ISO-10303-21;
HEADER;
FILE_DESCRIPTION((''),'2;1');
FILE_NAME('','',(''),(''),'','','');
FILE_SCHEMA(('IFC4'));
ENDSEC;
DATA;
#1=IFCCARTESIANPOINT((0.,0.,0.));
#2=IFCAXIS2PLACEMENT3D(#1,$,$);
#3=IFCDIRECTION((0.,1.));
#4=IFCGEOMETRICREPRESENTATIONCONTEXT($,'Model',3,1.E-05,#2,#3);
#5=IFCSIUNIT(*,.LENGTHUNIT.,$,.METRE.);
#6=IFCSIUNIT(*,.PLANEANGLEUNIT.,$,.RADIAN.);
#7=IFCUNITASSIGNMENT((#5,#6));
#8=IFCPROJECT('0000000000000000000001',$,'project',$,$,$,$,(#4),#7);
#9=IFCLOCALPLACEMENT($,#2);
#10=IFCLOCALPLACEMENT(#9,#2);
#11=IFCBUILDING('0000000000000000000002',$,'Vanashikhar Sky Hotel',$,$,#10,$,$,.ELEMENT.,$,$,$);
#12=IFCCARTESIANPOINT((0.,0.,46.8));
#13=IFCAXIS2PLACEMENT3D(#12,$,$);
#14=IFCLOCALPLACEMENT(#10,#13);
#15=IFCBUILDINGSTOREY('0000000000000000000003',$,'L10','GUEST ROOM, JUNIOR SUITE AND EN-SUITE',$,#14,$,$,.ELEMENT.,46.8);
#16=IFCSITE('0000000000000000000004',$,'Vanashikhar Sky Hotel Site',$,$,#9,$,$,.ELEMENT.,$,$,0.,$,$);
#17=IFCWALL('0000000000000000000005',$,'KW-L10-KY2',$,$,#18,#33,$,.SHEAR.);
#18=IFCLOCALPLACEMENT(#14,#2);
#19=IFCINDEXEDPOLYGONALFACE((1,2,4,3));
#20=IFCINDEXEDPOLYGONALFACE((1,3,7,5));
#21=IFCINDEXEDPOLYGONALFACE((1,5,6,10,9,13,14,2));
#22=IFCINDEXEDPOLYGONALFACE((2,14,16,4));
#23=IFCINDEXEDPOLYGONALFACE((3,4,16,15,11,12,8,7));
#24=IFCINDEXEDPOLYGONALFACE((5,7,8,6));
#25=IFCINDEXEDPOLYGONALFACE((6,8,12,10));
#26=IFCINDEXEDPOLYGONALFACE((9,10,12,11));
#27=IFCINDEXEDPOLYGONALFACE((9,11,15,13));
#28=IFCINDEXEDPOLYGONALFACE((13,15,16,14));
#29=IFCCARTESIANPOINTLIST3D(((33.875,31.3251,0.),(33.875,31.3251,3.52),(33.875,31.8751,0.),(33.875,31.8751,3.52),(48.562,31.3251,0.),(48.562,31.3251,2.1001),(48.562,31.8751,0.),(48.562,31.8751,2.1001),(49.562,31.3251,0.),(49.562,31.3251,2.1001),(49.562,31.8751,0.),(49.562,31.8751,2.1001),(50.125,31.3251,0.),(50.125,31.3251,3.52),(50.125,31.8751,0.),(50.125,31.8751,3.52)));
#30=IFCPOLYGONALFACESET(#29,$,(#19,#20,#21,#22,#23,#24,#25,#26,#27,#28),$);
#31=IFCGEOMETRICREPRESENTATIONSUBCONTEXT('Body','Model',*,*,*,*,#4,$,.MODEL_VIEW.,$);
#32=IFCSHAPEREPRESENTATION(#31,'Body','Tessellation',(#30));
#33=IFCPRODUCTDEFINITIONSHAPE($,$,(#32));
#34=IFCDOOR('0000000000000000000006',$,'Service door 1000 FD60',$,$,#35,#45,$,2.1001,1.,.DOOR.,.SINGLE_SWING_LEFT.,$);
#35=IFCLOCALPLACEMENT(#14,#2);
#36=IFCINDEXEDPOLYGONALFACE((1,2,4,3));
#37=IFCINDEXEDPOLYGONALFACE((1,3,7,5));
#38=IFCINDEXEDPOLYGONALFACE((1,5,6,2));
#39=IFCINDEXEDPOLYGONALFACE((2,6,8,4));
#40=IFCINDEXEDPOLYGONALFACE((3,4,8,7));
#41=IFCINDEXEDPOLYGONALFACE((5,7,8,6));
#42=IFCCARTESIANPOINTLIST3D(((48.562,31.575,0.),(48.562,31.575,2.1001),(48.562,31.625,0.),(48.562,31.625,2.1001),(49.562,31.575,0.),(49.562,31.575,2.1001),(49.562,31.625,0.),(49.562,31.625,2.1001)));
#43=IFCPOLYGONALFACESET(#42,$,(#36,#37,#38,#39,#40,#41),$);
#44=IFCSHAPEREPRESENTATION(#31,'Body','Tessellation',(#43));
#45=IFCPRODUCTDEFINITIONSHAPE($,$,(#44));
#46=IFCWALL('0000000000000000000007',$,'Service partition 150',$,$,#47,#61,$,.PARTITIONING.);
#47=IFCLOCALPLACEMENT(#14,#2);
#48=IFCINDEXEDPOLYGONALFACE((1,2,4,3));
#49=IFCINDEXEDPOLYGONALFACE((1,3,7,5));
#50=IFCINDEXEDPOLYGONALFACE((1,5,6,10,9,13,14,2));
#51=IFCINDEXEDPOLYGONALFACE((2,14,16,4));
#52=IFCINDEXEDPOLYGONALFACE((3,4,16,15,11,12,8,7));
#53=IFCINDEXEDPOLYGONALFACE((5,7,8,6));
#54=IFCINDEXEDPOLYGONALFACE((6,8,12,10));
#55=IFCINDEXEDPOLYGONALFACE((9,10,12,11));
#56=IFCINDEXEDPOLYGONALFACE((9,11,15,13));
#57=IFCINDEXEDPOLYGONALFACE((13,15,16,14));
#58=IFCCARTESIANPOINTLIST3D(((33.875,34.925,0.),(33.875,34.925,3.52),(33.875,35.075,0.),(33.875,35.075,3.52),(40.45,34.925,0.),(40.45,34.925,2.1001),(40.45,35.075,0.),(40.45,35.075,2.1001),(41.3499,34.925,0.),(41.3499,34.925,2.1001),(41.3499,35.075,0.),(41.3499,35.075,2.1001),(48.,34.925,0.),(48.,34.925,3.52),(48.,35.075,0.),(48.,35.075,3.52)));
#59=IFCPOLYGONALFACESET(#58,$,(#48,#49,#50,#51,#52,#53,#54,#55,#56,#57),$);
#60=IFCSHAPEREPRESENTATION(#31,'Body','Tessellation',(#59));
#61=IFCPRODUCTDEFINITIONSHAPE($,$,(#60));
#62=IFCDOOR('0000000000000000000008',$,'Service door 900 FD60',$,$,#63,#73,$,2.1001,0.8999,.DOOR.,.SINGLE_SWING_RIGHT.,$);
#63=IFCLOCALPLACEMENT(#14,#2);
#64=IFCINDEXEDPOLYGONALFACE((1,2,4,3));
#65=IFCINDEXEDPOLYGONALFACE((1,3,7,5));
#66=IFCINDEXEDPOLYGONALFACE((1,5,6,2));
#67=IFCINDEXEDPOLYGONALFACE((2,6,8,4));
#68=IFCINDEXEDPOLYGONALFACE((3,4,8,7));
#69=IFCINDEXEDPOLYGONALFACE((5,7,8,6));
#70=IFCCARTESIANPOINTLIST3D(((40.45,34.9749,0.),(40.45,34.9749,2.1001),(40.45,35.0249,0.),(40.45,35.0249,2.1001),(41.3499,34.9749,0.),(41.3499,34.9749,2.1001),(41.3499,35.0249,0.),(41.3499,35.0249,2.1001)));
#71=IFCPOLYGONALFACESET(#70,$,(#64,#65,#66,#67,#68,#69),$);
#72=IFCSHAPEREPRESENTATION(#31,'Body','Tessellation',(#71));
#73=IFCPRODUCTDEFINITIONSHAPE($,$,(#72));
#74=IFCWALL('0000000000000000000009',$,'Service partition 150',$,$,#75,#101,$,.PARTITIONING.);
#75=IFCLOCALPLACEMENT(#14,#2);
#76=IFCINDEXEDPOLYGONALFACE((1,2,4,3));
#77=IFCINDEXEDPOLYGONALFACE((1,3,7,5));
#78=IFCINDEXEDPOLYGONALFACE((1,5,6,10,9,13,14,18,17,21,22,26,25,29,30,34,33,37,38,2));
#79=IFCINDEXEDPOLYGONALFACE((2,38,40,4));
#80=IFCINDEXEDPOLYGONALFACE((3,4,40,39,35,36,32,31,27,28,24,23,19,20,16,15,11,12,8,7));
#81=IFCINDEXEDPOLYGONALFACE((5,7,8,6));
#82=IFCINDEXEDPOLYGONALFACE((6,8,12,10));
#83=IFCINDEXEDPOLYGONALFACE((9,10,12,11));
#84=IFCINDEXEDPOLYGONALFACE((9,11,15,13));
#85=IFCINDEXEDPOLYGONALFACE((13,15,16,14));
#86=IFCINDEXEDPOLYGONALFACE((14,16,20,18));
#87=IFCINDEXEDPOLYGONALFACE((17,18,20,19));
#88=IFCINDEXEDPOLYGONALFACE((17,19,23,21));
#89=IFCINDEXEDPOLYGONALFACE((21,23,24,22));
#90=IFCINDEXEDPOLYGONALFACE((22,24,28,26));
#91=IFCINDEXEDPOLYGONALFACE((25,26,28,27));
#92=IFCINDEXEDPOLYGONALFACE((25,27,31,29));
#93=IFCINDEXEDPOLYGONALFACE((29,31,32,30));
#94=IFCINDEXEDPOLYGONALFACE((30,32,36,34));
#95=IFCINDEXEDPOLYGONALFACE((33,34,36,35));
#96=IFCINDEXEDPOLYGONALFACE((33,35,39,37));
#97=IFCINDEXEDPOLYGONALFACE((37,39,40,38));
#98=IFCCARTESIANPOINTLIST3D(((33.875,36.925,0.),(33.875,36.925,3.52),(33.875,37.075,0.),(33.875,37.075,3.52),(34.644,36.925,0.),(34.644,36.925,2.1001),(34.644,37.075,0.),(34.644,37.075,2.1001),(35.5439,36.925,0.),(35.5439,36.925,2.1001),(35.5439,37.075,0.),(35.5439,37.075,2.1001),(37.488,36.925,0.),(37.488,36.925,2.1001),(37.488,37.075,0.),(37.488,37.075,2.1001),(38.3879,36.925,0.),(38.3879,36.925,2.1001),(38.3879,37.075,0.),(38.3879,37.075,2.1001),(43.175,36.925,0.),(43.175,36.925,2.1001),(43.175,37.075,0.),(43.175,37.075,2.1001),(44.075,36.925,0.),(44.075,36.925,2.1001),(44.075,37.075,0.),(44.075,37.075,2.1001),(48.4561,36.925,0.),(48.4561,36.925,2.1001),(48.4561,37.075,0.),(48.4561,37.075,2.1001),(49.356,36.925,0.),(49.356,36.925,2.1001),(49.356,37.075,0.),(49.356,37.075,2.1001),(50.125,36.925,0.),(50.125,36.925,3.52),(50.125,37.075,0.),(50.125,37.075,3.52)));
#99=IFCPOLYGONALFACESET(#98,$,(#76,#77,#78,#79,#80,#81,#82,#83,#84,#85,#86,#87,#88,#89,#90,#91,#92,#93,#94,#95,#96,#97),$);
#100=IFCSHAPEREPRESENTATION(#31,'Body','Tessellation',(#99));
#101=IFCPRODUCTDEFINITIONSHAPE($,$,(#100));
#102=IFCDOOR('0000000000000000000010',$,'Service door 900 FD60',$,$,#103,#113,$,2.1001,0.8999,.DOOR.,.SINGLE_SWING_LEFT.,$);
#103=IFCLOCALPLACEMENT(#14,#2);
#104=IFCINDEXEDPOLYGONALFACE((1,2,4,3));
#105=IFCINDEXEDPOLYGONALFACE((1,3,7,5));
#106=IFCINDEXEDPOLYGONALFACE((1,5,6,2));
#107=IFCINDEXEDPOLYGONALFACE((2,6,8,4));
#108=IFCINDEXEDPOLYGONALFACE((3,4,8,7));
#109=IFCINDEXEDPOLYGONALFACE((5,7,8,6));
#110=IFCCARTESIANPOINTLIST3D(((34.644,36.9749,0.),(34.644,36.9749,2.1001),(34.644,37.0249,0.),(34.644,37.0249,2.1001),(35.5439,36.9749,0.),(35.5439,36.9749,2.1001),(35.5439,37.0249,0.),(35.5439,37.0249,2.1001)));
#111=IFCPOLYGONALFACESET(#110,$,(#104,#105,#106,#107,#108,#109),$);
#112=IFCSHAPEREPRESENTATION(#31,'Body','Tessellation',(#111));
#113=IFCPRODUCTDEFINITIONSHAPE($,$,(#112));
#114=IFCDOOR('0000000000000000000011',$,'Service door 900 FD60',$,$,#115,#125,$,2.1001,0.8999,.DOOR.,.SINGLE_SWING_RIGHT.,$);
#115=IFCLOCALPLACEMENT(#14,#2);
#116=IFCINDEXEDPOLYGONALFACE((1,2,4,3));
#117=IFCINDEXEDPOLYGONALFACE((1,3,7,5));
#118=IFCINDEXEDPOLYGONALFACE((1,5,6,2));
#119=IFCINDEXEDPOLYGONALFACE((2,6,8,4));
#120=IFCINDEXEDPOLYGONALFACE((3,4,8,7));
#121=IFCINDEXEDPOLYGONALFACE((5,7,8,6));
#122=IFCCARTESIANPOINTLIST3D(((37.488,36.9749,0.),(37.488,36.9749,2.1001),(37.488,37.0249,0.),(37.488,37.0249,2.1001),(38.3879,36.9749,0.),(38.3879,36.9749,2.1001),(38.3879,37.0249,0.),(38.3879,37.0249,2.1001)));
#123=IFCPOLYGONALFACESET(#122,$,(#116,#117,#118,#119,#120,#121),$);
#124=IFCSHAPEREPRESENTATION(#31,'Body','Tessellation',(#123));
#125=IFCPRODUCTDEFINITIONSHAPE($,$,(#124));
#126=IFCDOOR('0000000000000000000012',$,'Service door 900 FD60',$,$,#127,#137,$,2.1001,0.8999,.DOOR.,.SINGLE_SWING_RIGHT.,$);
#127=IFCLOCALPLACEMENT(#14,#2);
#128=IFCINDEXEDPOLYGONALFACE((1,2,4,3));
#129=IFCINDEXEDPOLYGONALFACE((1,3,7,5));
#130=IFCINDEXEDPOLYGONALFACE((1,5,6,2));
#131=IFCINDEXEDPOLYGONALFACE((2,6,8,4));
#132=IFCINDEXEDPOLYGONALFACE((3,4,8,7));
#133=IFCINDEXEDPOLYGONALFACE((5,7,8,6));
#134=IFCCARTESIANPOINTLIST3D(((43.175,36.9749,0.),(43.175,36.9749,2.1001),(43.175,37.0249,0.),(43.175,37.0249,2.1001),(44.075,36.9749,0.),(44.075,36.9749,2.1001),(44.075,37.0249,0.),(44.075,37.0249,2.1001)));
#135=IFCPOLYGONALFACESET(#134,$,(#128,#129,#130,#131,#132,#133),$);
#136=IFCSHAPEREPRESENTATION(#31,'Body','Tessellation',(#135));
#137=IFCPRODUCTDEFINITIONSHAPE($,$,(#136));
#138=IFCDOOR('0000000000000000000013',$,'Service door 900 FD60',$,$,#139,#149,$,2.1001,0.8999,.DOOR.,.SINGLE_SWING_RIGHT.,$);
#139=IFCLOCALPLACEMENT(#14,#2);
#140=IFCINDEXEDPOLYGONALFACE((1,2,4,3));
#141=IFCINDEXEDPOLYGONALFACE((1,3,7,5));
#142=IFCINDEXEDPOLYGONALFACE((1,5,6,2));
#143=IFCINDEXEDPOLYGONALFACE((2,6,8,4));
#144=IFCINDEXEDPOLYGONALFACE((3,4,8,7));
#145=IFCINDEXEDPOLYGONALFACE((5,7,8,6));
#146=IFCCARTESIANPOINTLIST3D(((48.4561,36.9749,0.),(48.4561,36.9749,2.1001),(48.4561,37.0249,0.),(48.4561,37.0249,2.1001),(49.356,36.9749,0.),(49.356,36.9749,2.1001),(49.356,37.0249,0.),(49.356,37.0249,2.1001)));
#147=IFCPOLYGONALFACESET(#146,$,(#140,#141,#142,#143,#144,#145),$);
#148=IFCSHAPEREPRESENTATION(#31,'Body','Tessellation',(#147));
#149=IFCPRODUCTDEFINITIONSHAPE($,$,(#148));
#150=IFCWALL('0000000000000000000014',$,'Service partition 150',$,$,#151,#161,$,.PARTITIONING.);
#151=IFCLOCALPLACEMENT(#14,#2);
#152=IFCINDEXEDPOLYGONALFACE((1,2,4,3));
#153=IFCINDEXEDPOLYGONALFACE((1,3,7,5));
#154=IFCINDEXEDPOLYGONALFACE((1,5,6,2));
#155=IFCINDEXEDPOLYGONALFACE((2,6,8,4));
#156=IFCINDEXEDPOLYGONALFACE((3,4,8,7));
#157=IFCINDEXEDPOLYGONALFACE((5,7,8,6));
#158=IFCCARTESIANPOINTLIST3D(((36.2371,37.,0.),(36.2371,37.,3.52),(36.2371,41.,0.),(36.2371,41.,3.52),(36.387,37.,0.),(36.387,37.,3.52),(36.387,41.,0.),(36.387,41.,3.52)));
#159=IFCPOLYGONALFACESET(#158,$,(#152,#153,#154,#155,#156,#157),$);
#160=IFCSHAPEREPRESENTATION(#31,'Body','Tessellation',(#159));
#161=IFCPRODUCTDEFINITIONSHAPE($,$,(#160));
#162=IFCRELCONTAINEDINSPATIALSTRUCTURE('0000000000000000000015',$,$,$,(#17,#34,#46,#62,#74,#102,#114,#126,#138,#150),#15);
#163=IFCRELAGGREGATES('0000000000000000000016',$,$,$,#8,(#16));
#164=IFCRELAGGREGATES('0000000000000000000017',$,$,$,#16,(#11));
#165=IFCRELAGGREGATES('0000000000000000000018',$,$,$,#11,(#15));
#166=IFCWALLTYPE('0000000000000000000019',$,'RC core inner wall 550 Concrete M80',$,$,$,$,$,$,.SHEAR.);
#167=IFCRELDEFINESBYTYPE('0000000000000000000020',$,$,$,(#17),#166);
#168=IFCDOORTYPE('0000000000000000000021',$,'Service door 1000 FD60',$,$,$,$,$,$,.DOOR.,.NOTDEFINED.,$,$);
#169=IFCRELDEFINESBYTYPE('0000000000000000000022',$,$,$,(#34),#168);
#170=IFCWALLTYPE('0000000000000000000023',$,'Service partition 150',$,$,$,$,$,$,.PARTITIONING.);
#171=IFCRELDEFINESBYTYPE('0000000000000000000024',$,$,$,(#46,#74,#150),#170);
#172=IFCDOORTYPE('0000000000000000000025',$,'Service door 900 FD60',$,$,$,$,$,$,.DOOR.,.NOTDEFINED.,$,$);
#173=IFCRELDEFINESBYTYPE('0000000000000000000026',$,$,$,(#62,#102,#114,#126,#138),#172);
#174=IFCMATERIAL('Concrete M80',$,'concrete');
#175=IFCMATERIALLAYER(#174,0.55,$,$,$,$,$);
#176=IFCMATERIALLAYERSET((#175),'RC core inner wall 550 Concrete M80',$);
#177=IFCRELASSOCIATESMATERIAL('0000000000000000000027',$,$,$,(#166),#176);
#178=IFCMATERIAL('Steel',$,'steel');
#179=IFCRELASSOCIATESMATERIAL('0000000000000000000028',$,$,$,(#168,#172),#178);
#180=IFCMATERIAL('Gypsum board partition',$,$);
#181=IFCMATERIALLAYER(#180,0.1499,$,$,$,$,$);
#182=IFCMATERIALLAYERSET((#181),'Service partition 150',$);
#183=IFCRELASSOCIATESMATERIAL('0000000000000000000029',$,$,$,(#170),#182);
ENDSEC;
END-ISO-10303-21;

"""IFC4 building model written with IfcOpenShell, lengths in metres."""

from ifc_helpers import new_model, si_unit, direction, frame, frame_2d, origin, place, context, subcontext, project, spatial, rectangle, extrude, source, transform, mapped, material, layer, layer_set, type_object, element, fill, save


model = new_model("IFC4")

# Units and contexts
model_context = context("Model", 3, precision=1e-05, world=origin(), true_north=direction((0.0, 1.0)))
body_context = subcontext(model_context, "Body", "Model", "MODEL_VIEW")
ifc_project = project(units=[si_unit("LENGTHUNIT", "METRE"), si_unit("PLANEANGLEUNIT", "RADIAN")], contexts=[model_context])

# Site, building, storey
site_placement = place(None, origin())
site = spatial("IfcSite", under=ifc_project, at=site_placement, Name="Vanashikhar Sky Hotel Site", CompositionType="ELEMENT", RefElevation=0.0)
building_placement = place(site_placement, origin())
building = spatial("IfcBuilding", under=site, at=building_placement, Name="Vanashikhar Sky Hotel", CompositionType="ELEMENT")
storey_placement = place(building_placement, frame((0.0, 0.0, 46.8)))
storey = spatial("IfcBuildingStorey", under=building, at=storey_placement, Name="L10", Description="GUEST ROOM, JUNIOR SUITE AND EN-SUITE", CompositionType="ELEMENT", Elevation=46.8)

# Walls, openings, doors
ifc_material_1 = material(Name="Concrete M80", Category="concrete")
ifc_layer_1 = layer(ifc_material_1, 0.55)
ifc_layer_set_1 = layer_set([ifc_layer_1], Name="RC core inner wall 550 Concrete M80")
wall_type_1 = type_object("IfcWallType", Name="RC core inner wall 550 Concrete M80", PredefinedType="SHEAR", material=ifc_layer_set_1)
shared_shape_1 = source(origin(), body_context, "Body", "SweptSolid", [
    extrude(rectangle(XDim=16.25, YDim=0.55, at=frame_2d((8.125, 0.0))), origin(), (0.0, 0.0, 1.0), 3.52),
])
wall_1_placement = place(storey_placement, frame((33.875, 31.6001, 0.0), z_axis=(0.0, 0.0, 1.0), x_axis=(1.0, 0.0, 0.0)))
wall_1 = element("IfcWall", 1, at=wall_1_placement, inside=storey, type_object=wall_type_1, Name="KW-L10-KY2", PredefinedType="SHEAR", context=body_context, shape_type="MappedRepresentation", body=[
    mapped(shared_shape_1, transform((0.0, 0.0, 0.0), scale=1.0)),
])
shared_shape_2 = source(origin(), body_context, "Body", "SweptSolid", [
    extrude(rectangle(XDim=1.0, YDim=2.1001, at=frame_2d((0.5, 1.05))), frame((0.0, 0.2852, 0.0), z_axis=(0.0, -1.0, 0.0), x_axis=(1.0, 0.0, 0.0)), (0.0, 0.0, 1.0), 0.5701),
])
opening_1_placement = place(wall_1_placement, frame((14.687, 0.0, 0.0)))
opening_1 = element("IfcOpeningElement", 2, at=opening_1_placement, cuts=wall_1, PredefinedType="OPENING", context=body_context, shape_type="MappedRepresentation", body=[
    mapped(shared_shape_2, transform((0.0, 0.0, 0.0), scale=1.0)),
])
ifc_material_2 = material(Name="Steel", Category="steel")
door_type_1 = type_object("IfcDoorType", Name="Service door 1000 FD60", OperationType="NOTDEFINED", PredefinedType="DOOR", material=ifc_material_2)
shared_shape_3 = source(origin(), body_context, "Body", "SweptSolid", [
    extrude(rectangle(XDim=1.0, YDim=2.1001, at=frame_2d((0.5, 1.05))), frame((0.0, 0.0249, 0.0), z_axis=(0.0, -1.0, 0.0), x_axis=(1.0, 0.0, 0.0)), (0.0, 0.0, 1.0), 0.05),
])
door_1_placement = place(opening_1_placement, origin())
door_1 = element("IfcDoor", 3, at=door_1_placement, inside=storey, type_object=door_type_1, Name="Service door 1000 FD60", OperationType="SINGLE_SWING_LEFT", OverallHeight=2.1001, OverallWidth=1.0, PredefinedType="DOOR", context=body_context, shape_type="MappedRepresentation", body=[
    mapped(shared_shape_3, transform((0.0, 0.0, 0.0), scale=1.0)),
])
fill(opening_1, door_1)
ifc_material_3 = material(Name="Gypsum board partition")
ifc_layer_2 = layer(ifc_material_3, 0.1499)
ifc_layer_set_2 = layer_set([ifc_layer_2], Name="Service partition 150")
wall_type_2 = type_object("IfcWallType", Name="Service partition 150", PredefinedType="PARTITIONING", material=ifc_layer_set_2)
shared_shape_4 = source(origin(), body_context, "Body", "SweptSolid", [
    extrude(rectangle(XDim=14.125, YDim=0.1499, at=frame_2d((7.0625, 0.0))), origin(), (0.0, 0.0, 1.0), 3.52),
])
wall_2_placement = place(storey_placement, frame((33.875, 35.0, 0.0), z_axis=(0.0, 0.0, 1.0), x_axis=(1.0, 0.0, 0.0)))
wall_2 = element("IfcWall", 4, at=wall_2_placement, inside=storey, type_object=wall_type_2, Name="Service partition 150", PredefinedType="PARTITIONING", context=body_context, shape_type="MappedRepresentation", body=[
    mapped(shared_shape_4, transform((0.0, 0.0, 0.0), scale=1.0)),
])
shared_shape_5 = source(origin(), body_context, "Body", "SweptSolid", [
    extrude(rectangle(XDim=0.8999, YDim=2.1001, at=frame_2d((0.45, 1.05))), frame((0.0, 0.085, 0.0), z_axis=(0.0, -1.0, 0.0), x_axis=(1.0, 0.0, 0.0)), (0.0, 0.0, 1.0), 0.1699),
])
opening_2_placement = place(wall_2_placement, frame((6.575, 0.0, 0.0)))
opening_2 = element("IfcOpeningElement", 5, at=opening_2_placement, cuts=wall_2, PredefinedType="OPENING", context=body_context, shape_type="MappedRepresentation", body=[
    mapped(shared_shape_5, transform((0.0, 0.0, 0.0), scale=1.0)),
])
door_type_2 = type_object("IfcDoorType", Name="Service door 900 FD60", OperationType="NOTDEFINED", PredefinedType="DOOR", material=ifc_material_2)
shared_shape_6 = source(origin(), body_context, "Body", "SweptSolid", [
    extrude(rectangle(XDim=0.8999, YDim=2.1001, at=frame_2d((0.45, 1.05))), frame((0.0, 0.0249, 0.0), z_axis=(0.0, -1.0, 0.0), x_axis=(1.0, 0.0, 0.0)), (0.0, 0.0, 1.0), 0.05),
])
door_2_placement = place(opening_2_placement, origin())
door_2 = element("IfcDoor", 6, at=door_2_placement, inside=storey, type_object=door_type_2, Name="Service door 900 FD60", OperationType="SINGLE_SWING_RIGHT", OverallHeight=2.1001, OverallWidth=0.8999, PredefinedType="DOOR", context=body_context, shape_type="MappedRepresentation", body=[
    mapped(shared_shape_6, transform((0.0, 0.0, 0.0), scale=1.0)),
])
fill(opening_2, door_2)

# Wall, openings, doors
shared_shape_7 = source(origin(), body_context, "Body", "SweptSolid", [
    extrude(rectangle(XDim=16.25, YDim=0.1499, at=frame_2d((8.125, 0.0))), origin(), (0.0, 0.0, 1.0), 3.52),
])
wall_3_placement = place(storey_placement, frame((33.875, 37.0, 0.0), z_axis=(0.0, 0.0, 1.0), x_axis=(1.0, 0.0, 0.0)))
wall_3 = element("IfcWall", 7, at=wall_3_placement, inside=storey, type_object=wall_type_2, Name="Service partition 150", PredefinedType="PARTITIONING", context=body_context, shape_type="MappedRepresentation", body=[
    mapped(shared_shape_7, transform((0.0, 0.0, 0.0), scale=1.0)),
])
opening_3_placement = place(wall_3_placement, frame((0.769, 0.0, 0.0)))
opening_3 = element("IfcOpeningElement", 8, at=opening_3_placement, cuts=wall_3, PredefinedType="OPENING", context=body_context, shape_type="MappedRepresentation", body=[
    mapped(shared_shape_5, transform((0.0, 0.0, 0.0), scale=1.0)),
])
opening_4_placement = place(wall_3_placement, frame((3.613, 0.0, 0.0)))
opening_4 = element("IfcOpeningElement", 9, at=opening_4_placement, cuts=wall_3, PredefinedType="OPENING", context=body_context, shape_type="MappedRepresentation", body=[
    mapped(shared_shape_5, transform((0.0, 0.0, 0.0), scale=1.0)),
])
opening_5_placement = place(wall_3_placement, frame((9.3, 0.0, 0.0)))
opening_5 = element("IfcOpeningElement", 10, at=opening_5_placement, cuts=wall_3, PredefinedType="OPENING", context=body_context, shape_type="MappedRepresentation", body=[
    mapped(shared_shape_5, transform((0.0, 0.0, 0.0), scale=1.0)),
])
opening_6_placement = place(wall_3_placement, frame((14.5811, 0.0, 0.0)))
opening_6 = element("IfcOpeningElement", 11, at=opening_6_placement, cuts=wall_3, PredefinedType="OPENING", context=body_context, shape_type="MappedRepresentation", body=[
    mapped(shared_shape_5, transform((0.0, 0.0, 0.0), scale=1.0)),
])
door_3_placement = place(opening_3_placement, origin())
door_3 = element("IfcDoor", 12, at=door_3_placement, inside=storey, type_object=door_type_2, Name="Service door 900 FD60", OperationType="SINGLE_SWING_LEFT", OverallHeight=2.1001, OverallWidth=0.8999, PredefinedType="DOOR", context=body_context, shape_type="MappedRepresentation", body=[
    mapped(shared_shape_6, transform((0.0, 0.0, 0.0), scale=1.0)),
])
fill(opening_3, door_3)
door_4_placement = place(opening_4_placement, origin())
door_4 = element("IfcDoor", 13, at=door_4_placement, inside=storey, type_object=door_type_2, Name="Service door 900 FD60", OperationType="SINGLE_SWING_RIGHT", OverallHeight=2.1001, OverallWidth=0.8999, PredefinedType="DOOR", context=body_context, shape_type="MappedRepresentation", body=[
    mapped(shared_shape_6, transform((0.0, 0.0, 0.0), scale=1.0)),
])
fill(opening_4, door_4)
door_5_placement = place(opening_5_placement, origin())
door_5 = element("IfcDoor", 14, at=door_5_placement, inside=storey, type_object=door_type_2, Name="Service door 900 FD60", OperationType="SINGLE_SWING_RIGHT", OverallHeight=2.1001, OverallWidth=0.8999, PredefinedType="DOOR", context=body_context, shape_type="MappedRepresentation", body=[
    mapped(shared_shape_6, transform((0.0, 0.0, 0.0), scale=1.0)),
])
fill(opening_5, door_5)
door_6_placement = place(opening_6_placement, origin())
door_6 = element("IfcDoor", 15, at=door_6_placement, inside=storey, type_object=door_type_2, Name="Service door 900 FD60", OperationType="SINGLE_SWING_RIGHT", OverallHeight=2.1001, OverallWidth=0.8999, PredefinedType="DOOR", context=body_context, shape_type="MappedRepresentation", body=[
    mapped(shared_shape_6, transform((0.0, 0.0, 0.0), scale=1.0)),
])
fill(opening_6, door_6)

# Wall
shared_shape_8 = source(origin(), body_context, "Body", "SweptSolid", [
    extrude(rectangle(XDim=4.0, YDim=0.1499, at=frame_2d((2.0, 0.0))), origin(), (0.0, 0.0, 1.0), 3.52),
])
for number, where, z_axis, x_axis, name in (
    (16, (36.312, 37.0, 0.0), (0.0, 0.0, 1.0), (0.0, 1.0, 0.0), "Service partition 150"),
):
    element("IfcWall", number, at=place(storey_placement, frame(where, z_axis=z_axis, x_axis=x_axis)), inside=storey, type_object=wall_type_2, Name=name, PredefinedType="PARTITIONING", context=body_context, shape_type="MappedRepresentation", body=[
        mapped(shared_shape_8, transform((0.0, 0.0, 0.0), scale=1.0)),
    ])

save(model, "model.ifc")
